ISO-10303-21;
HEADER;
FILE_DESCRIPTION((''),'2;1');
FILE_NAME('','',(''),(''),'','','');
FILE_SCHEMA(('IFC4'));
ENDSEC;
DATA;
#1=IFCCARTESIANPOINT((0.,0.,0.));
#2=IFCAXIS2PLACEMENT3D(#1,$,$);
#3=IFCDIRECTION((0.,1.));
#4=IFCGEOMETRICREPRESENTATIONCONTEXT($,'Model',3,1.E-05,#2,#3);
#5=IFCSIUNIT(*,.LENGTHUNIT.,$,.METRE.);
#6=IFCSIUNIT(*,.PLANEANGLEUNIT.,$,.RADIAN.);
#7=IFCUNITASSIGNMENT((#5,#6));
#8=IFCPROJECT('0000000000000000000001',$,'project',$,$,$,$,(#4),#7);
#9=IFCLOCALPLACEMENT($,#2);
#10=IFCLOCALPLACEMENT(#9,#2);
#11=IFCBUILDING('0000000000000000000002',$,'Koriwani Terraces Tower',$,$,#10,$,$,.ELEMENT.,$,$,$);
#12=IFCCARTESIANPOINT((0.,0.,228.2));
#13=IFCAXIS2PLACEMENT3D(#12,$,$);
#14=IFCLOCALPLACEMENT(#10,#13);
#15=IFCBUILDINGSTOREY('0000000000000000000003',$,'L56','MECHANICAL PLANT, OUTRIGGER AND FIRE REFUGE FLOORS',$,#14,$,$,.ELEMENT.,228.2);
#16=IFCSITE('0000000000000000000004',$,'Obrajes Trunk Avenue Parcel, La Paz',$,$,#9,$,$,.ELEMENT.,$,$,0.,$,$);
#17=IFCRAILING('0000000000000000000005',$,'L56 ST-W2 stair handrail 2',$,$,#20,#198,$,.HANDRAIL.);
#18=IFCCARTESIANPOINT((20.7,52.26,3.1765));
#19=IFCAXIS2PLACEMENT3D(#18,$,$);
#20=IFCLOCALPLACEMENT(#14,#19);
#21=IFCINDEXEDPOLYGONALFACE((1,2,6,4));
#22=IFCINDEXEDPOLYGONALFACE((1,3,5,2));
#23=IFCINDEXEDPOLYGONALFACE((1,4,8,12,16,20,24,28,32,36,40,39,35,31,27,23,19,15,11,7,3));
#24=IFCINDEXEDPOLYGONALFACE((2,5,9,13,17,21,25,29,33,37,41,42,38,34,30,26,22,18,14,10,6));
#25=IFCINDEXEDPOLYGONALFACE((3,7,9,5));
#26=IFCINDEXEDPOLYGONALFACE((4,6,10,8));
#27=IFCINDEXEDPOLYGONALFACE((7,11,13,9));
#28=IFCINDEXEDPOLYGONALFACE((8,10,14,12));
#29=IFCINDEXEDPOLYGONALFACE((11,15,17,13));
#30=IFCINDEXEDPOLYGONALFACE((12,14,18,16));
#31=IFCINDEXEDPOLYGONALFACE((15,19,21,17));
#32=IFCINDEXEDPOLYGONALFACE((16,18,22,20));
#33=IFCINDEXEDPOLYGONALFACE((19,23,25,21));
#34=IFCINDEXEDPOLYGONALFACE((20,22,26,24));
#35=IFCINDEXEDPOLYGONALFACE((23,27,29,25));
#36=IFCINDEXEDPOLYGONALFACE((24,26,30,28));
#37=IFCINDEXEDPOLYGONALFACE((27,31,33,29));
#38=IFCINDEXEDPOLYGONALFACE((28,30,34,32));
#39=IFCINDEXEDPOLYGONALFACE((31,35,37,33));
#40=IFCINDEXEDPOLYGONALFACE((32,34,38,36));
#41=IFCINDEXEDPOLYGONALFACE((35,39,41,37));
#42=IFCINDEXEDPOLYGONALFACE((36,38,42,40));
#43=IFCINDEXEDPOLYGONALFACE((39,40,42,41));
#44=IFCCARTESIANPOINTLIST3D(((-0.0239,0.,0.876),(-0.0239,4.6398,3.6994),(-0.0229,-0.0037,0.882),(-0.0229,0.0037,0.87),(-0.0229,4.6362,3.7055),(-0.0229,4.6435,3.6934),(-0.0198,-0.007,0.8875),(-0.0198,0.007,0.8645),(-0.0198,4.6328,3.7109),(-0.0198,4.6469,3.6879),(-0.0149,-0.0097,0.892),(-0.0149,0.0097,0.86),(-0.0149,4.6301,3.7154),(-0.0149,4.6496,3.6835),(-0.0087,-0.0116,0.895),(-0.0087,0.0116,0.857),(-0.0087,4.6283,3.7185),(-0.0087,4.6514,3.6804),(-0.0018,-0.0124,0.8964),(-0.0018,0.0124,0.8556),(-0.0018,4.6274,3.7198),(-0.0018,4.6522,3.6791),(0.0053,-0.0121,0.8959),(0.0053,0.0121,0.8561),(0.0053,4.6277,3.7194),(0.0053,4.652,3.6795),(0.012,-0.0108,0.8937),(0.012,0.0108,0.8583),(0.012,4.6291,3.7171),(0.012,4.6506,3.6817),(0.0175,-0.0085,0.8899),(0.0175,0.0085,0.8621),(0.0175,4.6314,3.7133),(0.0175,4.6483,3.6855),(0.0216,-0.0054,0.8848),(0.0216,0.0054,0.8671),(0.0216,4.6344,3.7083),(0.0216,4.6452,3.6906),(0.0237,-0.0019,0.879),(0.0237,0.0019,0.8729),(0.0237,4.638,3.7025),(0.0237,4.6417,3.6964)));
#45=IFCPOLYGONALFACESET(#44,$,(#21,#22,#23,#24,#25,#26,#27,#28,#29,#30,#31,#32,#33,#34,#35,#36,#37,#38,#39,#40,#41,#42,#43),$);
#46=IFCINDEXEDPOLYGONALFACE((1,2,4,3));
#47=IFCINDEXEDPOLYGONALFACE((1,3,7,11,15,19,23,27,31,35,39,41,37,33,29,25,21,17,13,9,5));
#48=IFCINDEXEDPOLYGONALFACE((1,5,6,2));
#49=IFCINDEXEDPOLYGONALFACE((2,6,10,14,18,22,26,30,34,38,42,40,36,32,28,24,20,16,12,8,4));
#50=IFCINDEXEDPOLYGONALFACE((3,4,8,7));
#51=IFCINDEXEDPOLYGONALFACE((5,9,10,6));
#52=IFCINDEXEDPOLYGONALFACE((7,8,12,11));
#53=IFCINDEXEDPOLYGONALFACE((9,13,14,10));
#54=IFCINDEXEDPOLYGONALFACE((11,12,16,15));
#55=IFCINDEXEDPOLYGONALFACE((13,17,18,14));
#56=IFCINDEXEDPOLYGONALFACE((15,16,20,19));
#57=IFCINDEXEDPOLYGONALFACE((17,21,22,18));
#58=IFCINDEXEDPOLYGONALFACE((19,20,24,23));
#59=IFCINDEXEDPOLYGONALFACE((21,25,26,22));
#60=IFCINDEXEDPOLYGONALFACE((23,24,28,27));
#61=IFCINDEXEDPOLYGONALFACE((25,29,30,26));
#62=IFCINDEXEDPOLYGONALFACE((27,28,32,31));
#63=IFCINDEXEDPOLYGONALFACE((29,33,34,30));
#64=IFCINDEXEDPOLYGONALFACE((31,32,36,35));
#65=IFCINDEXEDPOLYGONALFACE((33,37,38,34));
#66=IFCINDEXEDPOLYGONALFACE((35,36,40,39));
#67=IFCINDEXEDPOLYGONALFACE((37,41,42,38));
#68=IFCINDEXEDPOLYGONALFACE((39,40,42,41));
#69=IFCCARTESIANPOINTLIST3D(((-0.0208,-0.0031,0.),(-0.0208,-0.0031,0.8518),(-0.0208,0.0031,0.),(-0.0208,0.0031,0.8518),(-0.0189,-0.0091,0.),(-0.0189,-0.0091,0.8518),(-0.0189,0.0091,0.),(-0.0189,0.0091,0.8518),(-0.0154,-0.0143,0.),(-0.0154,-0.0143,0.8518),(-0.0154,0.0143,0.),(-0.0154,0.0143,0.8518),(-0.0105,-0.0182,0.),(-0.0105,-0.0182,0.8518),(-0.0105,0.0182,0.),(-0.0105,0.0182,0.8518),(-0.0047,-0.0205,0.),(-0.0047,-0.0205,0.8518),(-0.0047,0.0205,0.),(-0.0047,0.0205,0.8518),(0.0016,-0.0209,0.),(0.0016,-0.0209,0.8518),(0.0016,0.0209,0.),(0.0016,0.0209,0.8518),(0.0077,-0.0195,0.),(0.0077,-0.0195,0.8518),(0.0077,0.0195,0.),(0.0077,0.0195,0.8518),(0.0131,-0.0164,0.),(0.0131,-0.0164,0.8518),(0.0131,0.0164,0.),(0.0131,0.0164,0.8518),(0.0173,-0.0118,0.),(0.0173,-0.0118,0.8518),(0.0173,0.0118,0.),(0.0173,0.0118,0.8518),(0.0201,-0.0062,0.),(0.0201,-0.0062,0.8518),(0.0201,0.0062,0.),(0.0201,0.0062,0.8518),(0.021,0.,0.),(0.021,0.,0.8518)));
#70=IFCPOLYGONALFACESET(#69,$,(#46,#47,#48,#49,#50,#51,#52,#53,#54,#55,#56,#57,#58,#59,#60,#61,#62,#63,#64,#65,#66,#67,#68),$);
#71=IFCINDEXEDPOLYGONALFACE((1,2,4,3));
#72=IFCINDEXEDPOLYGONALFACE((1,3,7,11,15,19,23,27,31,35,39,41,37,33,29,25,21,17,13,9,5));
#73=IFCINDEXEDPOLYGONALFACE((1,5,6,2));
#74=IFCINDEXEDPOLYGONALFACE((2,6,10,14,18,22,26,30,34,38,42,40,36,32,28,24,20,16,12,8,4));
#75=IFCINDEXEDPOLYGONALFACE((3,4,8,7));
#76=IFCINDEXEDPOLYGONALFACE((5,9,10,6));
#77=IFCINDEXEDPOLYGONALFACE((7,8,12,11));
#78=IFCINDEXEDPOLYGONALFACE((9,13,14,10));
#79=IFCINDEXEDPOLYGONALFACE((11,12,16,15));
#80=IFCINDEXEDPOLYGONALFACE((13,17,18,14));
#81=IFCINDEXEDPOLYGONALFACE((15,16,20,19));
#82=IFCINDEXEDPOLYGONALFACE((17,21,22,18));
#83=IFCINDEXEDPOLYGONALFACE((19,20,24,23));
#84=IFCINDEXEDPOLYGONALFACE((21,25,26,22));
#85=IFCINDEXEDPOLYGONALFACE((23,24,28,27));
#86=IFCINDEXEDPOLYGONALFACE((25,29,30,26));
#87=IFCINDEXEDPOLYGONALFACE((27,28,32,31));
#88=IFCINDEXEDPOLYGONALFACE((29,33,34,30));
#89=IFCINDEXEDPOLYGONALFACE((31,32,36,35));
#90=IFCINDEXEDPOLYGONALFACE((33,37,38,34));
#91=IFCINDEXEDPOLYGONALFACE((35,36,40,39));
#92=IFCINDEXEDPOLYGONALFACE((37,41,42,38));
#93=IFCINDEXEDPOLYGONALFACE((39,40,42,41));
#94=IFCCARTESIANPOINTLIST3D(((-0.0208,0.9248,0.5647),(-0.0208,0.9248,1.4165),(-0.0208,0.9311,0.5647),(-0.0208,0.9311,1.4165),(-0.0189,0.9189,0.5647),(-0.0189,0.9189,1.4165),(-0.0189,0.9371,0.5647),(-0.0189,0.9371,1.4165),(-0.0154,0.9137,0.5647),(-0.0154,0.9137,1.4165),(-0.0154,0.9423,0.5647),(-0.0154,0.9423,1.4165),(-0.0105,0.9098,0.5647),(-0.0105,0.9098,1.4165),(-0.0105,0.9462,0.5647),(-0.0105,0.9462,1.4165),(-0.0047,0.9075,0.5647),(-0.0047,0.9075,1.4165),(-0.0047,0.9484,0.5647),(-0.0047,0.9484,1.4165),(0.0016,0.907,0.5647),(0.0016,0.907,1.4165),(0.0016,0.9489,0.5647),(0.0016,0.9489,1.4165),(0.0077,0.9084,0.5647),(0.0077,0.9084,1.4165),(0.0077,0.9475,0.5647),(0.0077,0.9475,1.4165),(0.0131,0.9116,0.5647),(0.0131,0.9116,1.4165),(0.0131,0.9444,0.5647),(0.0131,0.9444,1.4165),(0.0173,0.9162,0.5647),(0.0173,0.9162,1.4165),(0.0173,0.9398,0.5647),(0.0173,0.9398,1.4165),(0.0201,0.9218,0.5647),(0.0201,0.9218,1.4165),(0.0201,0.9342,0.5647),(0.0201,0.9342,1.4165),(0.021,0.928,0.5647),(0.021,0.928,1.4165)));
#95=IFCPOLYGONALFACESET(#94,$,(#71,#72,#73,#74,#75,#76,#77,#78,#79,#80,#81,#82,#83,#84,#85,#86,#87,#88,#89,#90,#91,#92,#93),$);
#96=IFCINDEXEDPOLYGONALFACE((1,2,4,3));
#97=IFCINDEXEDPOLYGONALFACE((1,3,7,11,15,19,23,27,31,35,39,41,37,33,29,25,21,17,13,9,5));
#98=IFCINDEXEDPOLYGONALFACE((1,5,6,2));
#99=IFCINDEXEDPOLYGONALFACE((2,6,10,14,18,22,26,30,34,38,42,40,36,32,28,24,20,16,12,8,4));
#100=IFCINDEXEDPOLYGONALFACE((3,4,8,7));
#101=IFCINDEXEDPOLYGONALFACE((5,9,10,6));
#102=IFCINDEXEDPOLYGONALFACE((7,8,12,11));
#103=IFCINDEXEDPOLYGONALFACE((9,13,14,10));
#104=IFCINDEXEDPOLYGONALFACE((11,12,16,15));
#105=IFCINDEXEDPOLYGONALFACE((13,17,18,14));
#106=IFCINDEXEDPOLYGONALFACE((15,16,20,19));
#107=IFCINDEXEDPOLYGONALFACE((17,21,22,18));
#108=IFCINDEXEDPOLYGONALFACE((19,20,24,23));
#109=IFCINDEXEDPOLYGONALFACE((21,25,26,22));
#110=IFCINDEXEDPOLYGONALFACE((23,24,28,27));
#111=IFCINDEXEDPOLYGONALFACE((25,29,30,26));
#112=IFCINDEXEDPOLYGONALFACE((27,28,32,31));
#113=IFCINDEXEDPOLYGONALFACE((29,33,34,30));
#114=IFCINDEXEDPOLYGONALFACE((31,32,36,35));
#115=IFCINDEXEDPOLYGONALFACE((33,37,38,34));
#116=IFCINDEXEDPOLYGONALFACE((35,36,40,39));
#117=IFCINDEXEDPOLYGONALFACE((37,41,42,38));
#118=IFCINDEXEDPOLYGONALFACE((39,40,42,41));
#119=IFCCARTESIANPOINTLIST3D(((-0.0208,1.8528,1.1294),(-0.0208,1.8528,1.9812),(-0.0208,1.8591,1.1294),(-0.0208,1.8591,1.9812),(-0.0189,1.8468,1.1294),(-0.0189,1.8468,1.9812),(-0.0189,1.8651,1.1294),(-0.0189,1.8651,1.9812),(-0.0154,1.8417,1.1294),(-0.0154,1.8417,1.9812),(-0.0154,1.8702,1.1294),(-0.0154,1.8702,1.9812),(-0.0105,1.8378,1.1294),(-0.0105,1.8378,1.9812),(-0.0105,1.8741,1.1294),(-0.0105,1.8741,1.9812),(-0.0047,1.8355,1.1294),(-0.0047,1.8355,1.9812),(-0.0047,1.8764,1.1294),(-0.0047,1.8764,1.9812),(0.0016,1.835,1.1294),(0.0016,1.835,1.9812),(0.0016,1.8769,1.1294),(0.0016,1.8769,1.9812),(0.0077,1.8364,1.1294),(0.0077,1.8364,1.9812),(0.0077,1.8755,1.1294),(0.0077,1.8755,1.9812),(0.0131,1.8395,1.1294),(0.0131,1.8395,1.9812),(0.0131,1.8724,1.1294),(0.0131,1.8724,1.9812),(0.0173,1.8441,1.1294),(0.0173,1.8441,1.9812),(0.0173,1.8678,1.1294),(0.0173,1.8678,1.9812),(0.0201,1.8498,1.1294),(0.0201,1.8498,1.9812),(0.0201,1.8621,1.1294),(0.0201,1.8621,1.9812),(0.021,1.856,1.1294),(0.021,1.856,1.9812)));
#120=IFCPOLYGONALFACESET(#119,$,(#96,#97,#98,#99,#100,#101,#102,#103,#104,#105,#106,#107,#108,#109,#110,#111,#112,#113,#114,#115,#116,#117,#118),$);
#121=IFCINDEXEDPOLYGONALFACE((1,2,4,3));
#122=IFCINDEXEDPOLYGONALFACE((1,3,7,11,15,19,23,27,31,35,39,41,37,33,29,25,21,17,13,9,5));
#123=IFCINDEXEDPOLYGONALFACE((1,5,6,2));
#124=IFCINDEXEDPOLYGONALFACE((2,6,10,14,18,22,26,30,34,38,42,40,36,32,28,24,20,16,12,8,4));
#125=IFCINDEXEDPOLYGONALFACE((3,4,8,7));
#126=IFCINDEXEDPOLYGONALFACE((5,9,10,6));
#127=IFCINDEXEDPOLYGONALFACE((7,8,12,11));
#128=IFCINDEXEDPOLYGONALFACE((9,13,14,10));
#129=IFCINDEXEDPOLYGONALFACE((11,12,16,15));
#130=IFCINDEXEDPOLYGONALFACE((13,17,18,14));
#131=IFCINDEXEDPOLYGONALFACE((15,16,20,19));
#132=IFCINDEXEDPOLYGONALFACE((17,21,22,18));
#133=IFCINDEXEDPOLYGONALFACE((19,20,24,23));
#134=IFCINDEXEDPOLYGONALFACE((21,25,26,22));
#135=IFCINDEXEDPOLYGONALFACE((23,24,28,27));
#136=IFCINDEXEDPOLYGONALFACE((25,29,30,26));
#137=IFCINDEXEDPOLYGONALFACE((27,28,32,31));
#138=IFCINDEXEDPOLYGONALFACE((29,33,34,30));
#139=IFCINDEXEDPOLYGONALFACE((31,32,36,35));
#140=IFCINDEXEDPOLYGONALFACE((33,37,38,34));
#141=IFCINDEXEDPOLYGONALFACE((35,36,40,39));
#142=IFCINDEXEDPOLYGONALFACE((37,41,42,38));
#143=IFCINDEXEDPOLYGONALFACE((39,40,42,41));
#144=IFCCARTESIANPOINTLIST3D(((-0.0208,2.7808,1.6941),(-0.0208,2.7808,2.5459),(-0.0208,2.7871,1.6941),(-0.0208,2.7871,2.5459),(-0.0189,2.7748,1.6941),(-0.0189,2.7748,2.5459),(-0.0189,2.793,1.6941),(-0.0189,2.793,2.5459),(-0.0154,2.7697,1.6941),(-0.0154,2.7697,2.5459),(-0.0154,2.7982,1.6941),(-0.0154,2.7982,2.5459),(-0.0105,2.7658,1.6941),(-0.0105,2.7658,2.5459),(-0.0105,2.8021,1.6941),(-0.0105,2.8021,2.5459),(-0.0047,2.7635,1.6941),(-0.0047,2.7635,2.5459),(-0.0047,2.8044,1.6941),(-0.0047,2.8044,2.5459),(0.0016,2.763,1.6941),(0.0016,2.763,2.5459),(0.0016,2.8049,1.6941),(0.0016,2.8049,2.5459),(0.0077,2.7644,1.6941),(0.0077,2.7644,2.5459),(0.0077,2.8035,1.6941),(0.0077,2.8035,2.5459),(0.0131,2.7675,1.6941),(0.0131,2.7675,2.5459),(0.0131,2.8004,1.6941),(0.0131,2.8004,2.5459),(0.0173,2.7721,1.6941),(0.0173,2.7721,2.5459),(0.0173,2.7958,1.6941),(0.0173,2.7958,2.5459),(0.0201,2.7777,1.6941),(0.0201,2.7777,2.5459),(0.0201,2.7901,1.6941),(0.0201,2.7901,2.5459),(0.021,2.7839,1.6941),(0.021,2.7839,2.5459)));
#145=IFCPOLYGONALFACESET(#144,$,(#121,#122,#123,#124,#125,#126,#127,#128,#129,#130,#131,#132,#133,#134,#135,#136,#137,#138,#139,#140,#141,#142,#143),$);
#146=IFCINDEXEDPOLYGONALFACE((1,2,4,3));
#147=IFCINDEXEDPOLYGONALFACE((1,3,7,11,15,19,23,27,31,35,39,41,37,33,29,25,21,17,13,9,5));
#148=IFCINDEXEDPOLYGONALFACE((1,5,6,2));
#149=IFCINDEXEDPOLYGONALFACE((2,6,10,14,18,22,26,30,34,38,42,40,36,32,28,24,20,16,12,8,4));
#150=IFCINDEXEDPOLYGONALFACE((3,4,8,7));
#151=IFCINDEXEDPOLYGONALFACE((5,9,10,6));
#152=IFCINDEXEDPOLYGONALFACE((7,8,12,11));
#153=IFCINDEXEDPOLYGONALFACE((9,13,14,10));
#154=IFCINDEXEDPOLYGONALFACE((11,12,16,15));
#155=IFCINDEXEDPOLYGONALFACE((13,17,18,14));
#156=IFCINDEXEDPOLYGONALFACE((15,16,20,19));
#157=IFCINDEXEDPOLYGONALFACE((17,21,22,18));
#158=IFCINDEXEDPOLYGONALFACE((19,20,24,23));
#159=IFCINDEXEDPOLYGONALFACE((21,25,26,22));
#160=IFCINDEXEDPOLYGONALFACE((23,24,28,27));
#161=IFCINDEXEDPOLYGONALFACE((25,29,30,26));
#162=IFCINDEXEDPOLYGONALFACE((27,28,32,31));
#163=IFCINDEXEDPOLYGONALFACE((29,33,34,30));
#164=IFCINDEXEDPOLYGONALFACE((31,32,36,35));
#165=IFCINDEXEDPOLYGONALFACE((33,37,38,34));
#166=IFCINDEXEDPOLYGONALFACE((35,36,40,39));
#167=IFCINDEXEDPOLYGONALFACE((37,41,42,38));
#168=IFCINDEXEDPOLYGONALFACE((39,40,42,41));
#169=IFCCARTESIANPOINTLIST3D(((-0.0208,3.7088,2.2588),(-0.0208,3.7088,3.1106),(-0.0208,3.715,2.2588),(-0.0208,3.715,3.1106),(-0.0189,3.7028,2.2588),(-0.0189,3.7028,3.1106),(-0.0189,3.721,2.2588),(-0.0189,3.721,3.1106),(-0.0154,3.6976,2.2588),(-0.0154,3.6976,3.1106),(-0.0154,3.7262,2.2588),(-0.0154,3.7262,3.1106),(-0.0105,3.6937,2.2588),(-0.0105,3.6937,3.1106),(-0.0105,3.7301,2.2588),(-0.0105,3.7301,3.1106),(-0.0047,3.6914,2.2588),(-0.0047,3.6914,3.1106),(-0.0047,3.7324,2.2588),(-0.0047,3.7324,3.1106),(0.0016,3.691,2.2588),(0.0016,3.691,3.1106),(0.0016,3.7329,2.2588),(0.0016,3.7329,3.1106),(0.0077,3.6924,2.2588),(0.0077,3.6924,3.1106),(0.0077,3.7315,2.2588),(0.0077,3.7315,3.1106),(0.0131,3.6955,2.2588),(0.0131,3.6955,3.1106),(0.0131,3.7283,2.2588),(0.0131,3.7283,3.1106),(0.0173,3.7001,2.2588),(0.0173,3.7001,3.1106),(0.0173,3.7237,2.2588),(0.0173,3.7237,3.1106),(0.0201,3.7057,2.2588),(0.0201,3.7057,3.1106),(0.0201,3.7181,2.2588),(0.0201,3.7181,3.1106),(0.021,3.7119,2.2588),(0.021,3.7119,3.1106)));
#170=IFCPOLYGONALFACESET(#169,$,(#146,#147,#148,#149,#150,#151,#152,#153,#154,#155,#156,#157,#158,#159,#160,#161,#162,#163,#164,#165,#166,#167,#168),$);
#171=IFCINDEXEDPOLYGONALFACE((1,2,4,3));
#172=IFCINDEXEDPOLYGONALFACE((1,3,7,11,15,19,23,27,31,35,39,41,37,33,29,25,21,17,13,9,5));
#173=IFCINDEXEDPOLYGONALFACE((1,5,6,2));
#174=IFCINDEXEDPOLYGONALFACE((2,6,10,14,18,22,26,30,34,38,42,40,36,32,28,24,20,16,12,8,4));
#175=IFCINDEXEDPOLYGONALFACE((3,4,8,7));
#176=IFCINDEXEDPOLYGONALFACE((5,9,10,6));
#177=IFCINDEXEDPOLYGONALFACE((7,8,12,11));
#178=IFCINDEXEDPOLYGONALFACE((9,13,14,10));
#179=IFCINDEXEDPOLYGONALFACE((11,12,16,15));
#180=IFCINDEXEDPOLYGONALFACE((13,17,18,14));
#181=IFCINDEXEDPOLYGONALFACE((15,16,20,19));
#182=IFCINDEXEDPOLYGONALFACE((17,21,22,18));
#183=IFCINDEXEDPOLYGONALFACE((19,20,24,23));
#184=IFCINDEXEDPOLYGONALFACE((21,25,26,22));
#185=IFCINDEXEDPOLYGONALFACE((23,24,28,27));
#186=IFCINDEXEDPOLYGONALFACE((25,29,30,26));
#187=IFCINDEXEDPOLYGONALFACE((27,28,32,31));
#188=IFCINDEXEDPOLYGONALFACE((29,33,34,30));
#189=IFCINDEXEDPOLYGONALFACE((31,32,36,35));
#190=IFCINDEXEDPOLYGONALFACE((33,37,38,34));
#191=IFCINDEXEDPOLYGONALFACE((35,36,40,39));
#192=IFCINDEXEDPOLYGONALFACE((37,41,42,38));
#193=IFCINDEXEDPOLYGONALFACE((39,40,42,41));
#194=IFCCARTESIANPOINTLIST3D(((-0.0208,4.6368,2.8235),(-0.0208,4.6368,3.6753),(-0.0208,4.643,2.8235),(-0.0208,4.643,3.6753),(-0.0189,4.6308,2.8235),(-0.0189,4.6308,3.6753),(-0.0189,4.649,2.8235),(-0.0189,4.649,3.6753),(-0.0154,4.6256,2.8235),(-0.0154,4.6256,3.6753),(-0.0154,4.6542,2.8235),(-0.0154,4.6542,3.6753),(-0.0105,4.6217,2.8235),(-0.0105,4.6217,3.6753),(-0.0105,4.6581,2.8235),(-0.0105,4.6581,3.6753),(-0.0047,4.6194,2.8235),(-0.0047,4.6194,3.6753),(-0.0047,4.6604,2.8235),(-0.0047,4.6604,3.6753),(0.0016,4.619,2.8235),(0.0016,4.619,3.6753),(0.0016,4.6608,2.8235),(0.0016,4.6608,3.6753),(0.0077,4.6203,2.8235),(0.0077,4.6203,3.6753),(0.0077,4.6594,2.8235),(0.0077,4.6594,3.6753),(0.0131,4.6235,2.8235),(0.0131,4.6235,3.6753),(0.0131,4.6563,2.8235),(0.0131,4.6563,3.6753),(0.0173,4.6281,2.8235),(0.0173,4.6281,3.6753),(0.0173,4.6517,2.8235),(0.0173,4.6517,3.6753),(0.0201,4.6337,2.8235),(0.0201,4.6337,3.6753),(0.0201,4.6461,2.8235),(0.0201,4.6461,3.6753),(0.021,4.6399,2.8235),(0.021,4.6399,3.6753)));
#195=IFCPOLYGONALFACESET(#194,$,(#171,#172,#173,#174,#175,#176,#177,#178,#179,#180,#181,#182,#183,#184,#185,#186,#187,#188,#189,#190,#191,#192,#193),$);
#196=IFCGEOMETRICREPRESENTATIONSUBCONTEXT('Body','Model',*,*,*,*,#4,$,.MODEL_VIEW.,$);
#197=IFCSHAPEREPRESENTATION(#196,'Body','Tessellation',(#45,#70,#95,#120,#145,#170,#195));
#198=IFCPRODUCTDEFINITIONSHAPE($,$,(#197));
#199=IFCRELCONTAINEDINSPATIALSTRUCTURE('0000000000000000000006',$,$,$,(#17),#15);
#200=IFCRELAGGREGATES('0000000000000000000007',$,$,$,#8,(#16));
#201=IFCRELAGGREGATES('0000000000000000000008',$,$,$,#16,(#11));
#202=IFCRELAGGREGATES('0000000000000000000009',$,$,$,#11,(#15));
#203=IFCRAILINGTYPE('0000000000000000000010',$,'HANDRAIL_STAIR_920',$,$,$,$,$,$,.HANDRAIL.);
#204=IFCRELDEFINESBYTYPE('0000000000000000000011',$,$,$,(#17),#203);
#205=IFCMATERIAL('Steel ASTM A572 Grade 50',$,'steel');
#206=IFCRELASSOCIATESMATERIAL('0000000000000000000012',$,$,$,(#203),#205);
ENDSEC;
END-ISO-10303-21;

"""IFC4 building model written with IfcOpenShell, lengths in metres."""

from ifc_helpers import new_model, si_unit, direction, frame, origin, origin_2d, place, context, subcontext, project, spatial, circle, extrude, material, type_object, element, save


model = new_model("IFC4")

# Units and contexts
model_context = context("Model", 3, precision=1e-05, world=origin(), true_north=direction((0.0, 1.0)))
body_context = subcontext(model_context, "Body", "Model", "MODEL_VIEW")
ifc_project = project(units=[si_unit("LENGTHUNIT", "METRE"), si_unit("PLANEANGLEUNIT", "RADIAN")], contexts=[model_context])

# Site, building, storey
site_placement = place(None, origin())
site = spatial("IfcSite", under=ifc_project, at=site_placement, Name="Obrajes Trunk Avenue Parcel, La Paz", CompositionType="ELEMENT", RefElevation=0.0)
building_placement = place(site_placement, origin())
building = spatial("IfcBuilding", under=site, at=building_placement, Name="Koriwani Terraces Tower", CompositionType="ELEMENT")
storey_placement = place(building_placement, frame((0.0, 0.0, 228.2)))
storey = spatial("IfcBuildingStorey", under=building, at=storey_placement, Name="L56", Description="MECHANICAL PLANT, OUTRIGGER AND FIRE REFUGE FLOORS", CompositionType="ELEMENT", Elevation=228.2)

# Shared definitions
ifc_material_1 = material(Name="Steel ASTM A572 Grade 50", Category="steel")

# Railing
railing_type_1 = type_object("IfcRailingType", Name="HANDRAIL_STAIR_920", PredefinedType="HANDRAIL", material=ifc_material_1)
railing_1_placement = place(storey_placement, frame((20.7, 52.26, 3.1765)))
element("IfcRailing", 1, at=railing_1_placement, inside=storey, type_object=railing_type_1, Name="L56 ST-W2 stair handrail 2", PredefinedType="HANDRAIL", context=body_context, shape_type="SweptSolid", body=[
    extrude(circle(Radius=0.0239, at=origin_2d()), frame((0.0, 0.0, 0.876), z_axis=(0.0, 0.854264, 0.51984), x_axis=(-1.0, 0.0, 0.0)), (0.0, 0.0, 1.0), 5.4314),
    extrude(circle(Radius=0.021, at=origin_2d()), origin(), (0.0, 0.0, 1.0), 0.8518),
    extrude(circle(Radius=0.021, at=origin_2d()), frame((0.0, 0.928, 0.5647)), (0.0, 0.0, 1.0), 0.8518),
    extrude(circle(Radius=0.021, at=origin_2d()), frame((0.0, 1.856, 1.1294)), (0.0, 0.0, 1.0), 0.8518),
    extrude(circle(Radius=0.021, at=origin_2d()), frame((0.0, 2.7839, 1.6941)), (0.0, 0.0, 1.0), 0.8518),
    extrude(circle(Radius=0.021, at=origin_2d()), frame((0.0, 3.7119, 2.2588)), (0.0, 0.0, 1.0), 0.8518),
    extrude(circle(Radius=0.021, at=origin_2d()), frame((0.0, 4.6399, 2.8235)), (0.0, 0.0, 1.0), 0.8518),
])

save(model, "model.ifc")
